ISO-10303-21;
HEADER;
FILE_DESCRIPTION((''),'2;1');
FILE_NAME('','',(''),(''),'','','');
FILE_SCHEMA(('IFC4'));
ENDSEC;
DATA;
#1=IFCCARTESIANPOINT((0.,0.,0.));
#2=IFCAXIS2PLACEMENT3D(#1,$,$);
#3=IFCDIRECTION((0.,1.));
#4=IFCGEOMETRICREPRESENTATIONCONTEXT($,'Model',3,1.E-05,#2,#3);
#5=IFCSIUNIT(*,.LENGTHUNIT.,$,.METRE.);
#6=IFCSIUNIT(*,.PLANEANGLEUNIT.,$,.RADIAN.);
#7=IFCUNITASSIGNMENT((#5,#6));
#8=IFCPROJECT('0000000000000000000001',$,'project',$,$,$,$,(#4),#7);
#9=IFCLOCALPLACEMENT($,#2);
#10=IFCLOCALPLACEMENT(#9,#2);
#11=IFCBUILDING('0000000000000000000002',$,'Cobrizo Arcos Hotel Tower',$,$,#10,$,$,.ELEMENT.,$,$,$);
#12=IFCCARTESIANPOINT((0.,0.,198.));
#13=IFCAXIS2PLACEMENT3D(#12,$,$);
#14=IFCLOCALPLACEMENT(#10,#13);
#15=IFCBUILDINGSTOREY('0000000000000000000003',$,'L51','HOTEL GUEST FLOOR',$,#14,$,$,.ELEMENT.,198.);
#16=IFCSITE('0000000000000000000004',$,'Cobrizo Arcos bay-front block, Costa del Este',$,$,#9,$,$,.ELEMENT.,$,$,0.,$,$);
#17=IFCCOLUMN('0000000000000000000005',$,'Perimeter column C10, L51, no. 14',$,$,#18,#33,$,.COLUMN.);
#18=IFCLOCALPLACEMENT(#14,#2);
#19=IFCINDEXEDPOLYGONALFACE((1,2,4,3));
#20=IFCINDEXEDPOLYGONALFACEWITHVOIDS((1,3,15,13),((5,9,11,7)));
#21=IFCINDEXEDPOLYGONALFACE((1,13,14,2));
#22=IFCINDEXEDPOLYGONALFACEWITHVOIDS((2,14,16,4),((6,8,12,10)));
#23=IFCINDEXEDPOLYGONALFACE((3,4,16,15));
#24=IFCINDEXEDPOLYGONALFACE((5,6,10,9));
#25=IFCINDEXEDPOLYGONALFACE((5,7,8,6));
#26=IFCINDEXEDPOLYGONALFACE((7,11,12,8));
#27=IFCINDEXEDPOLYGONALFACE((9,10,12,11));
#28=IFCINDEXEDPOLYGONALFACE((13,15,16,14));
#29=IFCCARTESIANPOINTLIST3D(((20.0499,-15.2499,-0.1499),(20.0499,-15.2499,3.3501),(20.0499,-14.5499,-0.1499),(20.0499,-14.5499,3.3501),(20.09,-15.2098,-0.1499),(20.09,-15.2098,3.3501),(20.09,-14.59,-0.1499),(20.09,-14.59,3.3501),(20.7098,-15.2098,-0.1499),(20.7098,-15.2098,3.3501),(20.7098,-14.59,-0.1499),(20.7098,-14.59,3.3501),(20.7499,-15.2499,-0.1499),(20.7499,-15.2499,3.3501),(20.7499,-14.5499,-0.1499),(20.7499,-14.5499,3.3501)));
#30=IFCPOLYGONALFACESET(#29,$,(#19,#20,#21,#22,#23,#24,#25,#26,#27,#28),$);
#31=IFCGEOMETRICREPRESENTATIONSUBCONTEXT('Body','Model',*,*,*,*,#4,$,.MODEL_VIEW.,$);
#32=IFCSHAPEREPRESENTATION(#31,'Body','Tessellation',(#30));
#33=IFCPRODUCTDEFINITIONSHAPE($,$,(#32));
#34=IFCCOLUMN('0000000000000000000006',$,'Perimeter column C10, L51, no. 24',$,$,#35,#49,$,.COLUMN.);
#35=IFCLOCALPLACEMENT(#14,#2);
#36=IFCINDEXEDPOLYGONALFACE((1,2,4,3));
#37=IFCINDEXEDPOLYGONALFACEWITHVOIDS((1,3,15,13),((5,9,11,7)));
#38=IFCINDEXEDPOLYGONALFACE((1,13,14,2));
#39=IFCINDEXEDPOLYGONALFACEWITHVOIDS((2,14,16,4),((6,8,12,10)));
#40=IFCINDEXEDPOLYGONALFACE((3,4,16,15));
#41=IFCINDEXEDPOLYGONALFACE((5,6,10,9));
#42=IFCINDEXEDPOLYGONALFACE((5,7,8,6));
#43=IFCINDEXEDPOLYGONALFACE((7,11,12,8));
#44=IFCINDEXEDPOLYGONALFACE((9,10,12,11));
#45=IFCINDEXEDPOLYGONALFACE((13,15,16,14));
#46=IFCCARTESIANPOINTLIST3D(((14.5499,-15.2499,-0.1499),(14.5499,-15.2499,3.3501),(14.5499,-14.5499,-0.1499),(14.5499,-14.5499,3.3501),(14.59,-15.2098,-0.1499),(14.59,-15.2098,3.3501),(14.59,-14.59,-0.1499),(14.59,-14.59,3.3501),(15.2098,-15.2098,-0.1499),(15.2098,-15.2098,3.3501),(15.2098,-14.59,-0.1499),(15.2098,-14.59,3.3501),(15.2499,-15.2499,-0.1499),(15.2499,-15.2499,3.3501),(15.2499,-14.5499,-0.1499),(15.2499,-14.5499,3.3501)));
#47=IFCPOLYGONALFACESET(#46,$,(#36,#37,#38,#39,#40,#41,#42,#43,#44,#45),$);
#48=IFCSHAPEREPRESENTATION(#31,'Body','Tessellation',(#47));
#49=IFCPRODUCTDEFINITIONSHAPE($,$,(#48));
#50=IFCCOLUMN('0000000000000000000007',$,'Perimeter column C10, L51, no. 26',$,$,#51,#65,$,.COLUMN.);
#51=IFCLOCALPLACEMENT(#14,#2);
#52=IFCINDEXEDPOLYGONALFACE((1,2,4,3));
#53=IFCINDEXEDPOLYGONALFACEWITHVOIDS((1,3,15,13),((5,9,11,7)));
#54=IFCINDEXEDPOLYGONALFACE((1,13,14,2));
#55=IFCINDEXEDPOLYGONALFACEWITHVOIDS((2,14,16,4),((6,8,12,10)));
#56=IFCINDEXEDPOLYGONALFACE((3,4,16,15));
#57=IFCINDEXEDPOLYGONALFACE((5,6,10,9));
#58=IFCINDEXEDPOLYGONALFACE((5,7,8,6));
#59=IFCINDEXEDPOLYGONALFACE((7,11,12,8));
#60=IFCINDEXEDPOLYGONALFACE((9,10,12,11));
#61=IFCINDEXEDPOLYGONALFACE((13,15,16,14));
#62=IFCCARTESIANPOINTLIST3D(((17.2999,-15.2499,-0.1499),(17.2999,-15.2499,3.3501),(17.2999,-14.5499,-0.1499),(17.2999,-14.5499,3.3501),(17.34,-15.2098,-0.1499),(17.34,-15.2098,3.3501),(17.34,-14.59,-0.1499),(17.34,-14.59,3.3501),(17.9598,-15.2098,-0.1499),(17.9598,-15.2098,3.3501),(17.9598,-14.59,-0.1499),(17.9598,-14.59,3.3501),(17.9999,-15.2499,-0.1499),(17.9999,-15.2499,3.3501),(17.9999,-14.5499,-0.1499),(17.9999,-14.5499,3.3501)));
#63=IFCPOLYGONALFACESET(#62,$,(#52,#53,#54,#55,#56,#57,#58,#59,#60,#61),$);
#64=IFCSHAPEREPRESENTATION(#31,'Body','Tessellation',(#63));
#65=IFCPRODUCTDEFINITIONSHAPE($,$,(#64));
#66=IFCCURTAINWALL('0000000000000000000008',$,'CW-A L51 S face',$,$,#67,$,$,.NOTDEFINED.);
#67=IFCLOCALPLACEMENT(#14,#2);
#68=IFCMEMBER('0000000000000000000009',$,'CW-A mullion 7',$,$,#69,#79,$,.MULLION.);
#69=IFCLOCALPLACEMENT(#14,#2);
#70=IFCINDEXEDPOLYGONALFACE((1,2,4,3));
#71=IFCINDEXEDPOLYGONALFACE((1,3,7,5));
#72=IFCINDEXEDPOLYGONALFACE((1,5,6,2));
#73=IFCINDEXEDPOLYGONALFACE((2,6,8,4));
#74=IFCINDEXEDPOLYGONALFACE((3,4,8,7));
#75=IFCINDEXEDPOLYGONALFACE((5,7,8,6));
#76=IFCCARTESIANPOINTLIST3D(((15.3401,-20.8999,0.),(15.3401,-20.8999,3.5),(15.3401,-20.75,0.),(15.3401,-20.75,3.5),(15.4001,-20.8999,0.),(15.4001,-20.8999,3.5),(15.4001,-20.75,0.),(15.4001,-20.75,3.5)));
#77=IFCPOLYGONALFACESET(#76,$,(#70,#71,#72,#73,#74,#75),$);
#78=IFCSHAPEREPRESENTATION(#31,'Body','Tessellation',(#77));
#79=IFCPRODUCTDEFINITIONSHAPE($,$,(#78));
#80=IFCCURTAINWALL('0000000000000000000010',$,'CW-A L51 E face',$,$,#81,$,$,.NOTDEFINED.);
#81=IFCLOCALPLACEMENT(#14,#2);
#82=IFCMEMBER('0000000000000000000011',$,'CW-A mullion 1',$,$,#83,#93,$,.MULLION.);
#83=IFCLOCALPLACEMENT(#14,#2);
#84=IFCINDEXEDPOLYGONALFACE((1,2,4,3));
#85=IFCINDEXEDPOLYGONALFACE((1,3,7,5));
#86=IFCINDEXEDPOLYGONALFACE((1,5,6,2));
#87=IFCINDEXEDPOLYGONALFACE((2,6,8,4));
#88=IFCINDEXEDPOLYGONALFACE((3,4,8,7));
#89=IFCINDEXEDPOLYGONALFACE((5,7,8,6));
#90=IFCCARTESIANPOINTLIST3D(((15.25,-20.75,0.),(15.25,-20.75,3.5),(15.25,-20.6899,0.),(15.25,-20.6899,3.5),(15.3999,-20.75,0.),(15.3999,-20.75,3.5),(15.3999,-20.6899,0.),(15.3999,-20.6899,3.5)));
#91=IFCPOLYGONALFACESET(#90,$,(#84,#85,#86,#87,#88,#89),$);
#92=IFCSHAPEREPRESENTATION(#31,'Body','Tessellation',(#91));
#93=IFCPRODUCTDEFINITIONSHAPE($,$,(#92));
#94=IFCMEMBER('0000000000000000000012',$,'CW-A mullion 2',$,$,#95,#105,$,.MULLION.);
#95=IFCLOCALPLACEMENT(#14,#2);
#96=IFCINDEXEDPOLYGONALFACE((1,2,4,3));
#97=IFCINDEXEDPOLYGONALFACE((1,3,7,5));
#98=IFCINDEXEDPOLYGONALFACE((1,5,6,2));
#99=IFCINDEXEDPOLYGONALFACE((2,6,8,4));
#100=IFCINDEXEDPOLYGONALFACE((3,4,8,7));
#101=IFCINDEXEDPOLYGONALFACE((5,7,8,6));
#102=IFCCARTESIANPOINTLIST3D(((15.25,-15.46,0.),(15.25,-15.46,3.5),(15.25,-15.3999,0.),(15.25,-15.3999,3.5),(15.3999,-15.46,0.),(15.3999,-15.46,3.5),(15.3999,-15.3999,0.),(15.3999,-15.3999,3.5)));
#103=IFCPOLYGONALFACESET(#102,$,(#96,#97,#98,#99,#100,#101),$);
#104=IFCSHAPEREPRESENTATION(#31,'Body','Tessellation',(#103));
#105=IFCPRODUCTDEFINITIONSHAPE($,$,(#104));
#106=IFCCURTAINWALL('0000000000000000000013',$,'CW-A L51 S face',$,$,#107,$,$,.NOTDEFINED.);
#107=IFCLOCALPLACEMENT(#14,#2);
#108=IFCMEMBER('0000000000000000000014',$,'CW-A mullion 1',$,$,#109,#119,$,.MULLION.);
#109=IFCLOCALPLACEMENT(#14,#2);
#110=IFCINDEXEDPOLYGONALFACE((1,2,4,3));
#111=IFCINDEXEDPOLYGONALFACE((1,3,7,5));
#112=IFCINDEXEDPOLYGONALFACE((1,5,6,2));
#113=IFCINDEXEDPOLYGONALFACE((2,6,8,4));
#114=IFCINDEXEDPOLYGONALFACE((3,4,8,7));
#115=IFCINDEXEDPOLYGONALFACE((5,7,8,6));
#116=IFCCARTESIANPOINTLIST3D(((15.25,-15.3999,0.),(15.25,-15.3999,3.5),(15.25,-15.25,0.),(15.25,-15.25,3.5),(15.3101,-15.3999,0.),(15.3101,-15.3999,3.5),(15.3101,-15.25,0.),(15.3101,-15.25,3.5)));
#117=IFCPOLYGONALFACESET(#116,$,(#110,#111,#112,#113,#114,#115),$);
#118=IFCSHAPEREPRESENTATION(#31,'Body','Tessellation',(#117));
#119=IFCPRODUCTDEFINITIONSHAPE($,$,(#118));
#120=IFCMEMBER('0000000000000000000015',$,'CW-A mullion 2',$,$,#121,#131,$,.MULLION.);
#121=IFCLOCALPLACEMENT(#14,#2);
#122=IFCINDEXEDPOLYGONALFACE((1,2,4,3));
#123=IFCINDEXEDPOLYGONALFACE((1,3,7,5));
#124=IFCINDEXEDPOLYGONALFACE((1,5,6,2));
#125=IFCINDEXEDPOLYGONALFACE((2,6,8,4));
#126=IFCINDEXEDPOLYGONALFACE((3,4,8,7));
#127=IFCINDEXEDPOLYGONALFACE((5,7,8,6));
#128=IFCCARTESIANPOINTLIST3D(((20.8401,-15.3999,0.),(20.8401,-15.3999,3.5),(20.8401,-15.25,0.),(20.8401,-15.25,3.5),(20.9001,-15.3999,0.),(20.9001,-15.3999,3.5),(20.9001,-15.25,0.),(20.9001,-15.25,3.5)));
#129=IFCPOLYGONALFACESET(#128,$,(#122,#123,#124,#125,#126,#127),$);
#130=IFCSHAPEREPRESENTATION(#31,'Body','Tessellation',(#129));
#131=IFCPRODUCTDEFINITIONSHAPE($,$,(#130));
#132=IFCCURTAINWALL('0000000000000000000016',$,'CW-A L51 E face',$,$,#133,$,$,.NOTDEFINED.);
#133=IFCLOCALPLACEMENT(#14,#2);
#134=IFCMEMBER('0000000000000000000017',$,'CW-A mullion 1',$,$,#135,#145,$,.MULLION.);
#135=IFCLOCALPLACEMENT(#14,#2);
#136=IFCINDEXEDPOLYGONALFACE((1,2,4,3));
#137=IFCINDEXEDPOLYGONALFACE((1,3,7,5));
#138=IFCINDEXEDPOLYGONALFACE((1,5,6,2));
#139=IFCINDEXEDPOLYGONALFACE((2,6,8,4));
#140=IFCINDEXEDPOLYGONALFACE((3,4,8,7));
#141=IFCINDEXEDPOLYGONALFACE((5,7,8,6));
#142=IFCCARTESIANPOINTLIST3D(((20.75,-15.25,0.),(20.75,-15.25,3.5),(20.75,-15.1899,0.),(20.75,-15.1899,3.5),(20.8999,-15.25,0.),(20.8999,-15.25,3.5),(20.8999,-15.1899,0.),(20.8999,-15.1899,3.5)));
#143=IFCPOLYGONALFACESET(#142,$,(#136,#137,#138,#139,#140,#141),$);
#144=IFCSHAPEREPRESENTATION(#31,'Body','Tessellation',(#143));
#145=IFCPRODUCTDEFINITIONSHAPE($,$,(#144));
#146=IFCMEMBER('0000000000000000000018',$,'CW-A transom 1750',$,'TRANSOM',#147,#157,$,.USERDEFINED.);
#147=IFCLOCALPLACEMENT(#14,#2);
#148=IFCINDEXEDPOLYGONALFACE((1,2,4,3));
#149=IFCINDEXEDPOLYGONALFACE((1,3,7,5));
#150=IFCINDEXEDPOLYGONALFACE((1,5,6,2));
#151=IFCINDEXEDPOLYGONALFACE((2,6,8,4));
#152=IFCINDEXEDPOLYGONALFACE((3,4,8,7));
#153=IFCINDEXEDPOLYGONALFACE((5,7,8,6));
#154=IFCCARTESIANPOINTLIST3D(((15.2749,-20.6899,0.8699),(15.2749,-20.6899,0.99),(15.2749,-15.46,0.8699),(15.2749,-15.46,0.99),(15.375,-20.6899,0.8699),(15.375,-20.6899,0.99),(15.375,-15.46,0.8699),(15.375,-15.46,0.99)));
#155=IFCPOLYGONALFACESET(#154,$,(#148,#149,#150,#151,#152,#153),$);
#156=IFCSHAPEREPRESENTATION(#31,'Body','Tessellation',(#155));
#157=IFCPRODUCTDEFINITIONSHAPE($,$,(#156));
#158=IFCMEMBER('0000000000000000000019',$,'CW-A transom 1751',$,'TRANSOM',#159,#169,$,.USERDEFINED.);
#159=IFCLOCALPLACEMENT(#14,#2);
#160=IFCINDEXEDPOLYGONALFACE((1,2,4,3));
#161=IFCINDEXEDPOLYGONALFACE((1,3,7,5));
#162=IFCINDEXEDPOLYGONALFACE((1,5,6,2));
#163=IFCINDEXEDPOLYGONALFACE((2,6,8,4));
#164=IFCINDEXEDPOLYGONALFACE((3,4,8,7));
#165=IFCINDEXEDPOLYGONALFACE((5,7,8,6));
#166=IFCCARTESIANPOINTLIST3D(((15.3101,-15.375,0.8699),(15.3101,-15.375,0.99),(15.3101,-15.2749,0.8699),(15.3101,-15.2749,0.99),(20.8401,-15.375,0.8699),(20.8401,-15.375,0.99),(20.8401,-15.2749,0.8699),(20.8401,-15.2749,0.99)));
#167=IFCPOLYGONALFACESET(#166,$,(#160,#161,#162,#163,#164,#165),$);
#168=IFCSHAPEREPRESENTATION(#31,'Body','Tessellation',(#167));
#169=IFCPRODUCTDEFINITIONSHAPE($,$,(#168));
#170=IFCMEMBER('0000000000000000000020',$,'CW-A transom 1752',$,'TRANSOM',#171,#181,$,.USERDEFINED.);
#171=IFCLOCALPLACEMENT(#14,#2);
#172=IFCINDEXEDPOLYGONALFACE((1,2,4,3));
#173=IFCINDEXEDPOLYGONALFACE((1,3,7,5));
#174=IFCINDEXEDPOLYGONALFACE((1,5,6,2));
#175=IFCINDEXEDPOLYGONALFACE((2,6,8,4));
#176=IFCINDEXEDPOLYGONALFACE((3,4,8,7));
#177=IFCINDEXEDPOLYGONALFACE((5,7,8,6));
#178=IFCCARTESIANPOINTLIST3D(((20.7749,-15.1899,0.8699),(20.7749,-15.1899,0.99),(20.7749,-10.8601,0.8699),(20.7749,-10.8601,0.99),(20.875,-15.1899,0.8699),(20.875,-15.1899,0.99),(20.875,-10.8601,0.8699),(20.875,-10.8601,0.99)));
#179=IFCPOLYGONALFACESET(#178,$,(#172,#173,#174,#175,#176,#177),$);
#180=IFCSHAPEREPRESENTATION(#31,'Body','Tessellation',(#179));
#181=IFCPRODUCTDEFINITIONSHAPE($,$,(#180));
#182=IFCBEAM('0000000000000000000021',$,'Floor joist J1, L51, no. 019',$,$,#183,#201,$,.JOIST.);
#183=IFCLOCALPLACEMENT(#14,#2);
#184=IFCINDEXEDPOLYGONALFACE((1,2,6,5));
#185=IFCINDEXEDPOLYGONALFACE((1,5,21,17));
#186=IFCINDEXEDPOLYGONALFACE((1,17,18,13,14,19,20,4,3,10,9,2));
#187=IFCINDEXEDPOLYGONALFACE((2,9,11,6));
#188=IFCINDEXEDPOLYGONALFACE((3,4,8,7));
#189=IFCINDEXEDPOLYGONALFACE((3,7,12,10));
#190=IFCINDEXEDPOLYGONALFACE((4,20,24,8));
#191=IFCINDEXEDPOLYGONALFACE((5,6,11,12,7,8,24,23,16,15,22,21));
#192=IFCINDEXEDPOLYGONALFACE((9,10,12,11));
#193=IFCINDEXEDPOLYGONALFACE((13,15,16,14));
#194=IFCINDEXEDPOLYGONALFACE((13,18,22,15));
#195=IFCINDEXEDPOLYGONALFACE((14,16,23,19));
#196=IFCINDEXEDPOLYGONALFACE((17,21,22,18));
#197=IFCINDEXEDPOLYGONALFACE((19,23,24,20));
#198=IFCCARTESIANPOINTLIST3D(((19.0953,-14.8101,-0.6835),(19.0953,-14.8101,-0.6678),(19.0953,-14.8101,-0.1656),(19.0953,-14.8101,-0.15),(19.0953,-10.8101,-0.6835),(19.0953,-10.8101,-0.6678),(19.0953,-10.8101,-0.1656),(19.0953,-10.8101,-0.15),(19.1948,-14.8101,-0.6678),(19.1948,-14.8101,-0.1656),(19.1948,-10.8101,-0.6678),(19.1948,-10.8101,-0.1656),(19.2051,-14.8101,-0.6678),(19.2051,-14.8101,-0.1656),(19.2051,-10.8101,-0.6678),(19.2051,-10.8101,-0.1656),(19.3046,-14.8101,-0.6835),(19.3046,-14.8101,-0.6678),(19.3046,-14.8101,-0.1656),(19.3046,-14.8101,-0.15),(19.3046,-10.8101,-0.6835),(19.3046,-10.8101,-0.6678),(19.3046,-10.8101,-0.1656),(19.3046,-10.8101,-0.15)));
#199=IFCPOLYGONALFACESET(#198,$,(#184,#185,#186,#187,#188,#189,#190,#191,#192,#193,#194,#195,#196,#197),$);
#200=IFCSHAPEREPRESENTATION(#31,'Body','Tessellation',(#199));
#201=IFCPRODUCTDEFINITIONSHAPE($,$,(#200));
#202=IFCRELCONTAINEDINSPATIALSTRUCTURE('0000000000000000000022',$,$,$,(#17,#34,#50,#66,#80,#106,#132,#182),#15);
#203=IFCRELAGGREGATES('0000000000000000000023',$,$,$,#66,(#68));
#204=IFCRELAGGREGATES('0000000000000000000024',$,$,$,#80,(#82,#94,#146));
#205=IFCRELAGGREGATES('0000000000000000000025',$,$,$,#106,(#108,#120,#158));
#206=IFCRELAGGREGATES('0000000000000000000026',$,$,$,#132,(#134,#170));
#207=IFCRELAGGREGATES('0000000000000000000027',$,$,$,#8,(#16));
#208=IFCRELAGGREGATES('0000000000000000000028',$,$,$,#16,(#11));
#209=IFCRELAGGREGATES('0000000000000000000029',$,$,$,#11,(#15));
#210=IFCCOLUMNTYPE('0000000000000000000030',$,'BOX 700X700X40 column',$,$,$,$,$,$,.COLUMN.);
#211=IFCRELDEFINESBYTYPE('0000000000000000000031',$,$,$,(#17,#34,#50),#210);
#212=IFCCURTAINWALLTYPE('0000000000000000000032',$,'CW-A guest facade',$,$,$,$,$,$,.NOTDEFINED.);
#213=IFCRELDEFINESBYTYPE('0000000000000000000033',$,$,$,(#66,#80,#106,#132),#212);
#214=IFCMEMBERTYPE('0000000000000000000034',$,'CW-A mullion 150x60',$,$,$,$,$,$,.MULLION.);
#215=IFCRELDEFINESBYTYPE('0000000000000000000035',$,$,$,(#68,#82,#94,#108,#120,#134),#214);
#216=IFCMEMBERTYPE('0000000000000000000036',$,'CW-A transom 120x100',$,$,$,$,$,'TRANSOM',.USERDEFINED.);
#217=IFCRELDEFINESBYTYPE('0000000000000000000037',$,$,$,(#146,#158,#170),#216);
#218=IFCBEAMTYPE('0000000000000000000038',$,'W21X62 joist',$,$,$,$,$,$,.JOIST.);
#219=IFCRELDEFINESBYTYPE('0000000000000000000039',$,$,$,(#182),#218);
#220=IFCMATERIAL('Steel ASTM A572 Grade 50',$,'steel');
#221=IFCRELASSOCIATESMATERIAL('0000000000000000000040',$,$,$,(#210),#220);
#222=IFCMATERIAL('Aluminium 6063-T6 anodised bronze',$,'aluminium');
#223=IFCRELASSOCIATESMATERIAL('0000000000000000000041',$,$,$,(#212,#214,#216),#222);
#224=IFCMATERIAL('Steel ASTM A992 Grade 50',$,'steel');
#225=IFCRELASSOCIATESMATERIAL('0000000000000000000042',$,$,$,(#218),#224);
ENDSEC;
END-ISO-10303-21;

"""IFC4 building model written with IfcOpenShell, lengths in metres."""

from ifc_helpers import new_model, si_unit, direction, frame, origin, origin_2d, place, context, subcontext, project, spatial, rectangle, hollow_rectangle, i_section, extrude, material, material_profile, profile_set, type_object, element, aggregate, save


model = new_model("IFC4")

# Units and contexts
model_context = context("Model", 3, precision=1e-05, world=origin(), true_north=direction((0.0, 1.0)))
body_context = subcontext(model_context, "Body", "Model", "MODEL_VIEW")
ifc_project = project(units=[si_unit("LENGTHUNIT", "METRE"), si_unit("PLANEANGLEUNIT", "RADIAN")], contexts=[model_context])

# Site, building, storey
site_placement = place(None, origin())
site = spatial("IfcSite", under=ifc_project, at=site_placement, Name="Cobrizo Arcos bay-front block, Costa del Este", CompositionType="ELEMENT", RefElevation=0.0)
building_placement = place(site_placement, origin())
building = spatial("IfcBuilding", under=site, at=building_placement, Name="Cobrizo Arcos Hotel Tower", CompositionType="ELEMENT")
storey_placement = place(building_placement, frame((0.0, 0.0, 198.0)))
storey = spatial("IfcBuildingStorey", under=building, at=storey_placement, Name="L51", Description="HOTEL GUEST FLOOR", CompositionType="ELEMENT", Elevation=198.0)

# Columns
ifc_material_1 = material(Name="Steel ASTM A572 Grade 50", Category="steel")
ifc_material_profile_1 = material_profile(ifc_material_1, hollow_rectangle(XDim=0.7, YDim=0.7, WallThickness=0.04, at=origin_2d()), Name="BOX 700X700X40")
ifc_profile_set_1 = profile_set([ifc_material_profile_1], Name="Steel ASTM A572 Grade 50")
column_type = type_object("IfcColumnType", Name="BOX 700X700X40 column", PredefinedType="COLUMN", material=ifc_profile_set_1)
for number, where, z_axis, x_axis, name in (
    (1, (20.3999, -14.8999, -0.1499), (0.0, 0.0, 1.0), (1.0, 0.0, 0.0), "Perimeter column C10, L51, no. 14"),
    (2, (14.8999, -14.8999, -0.1499), (0.0, 0.0, 1.0), (1.0, 0.0, 0.0), "Perimeter column C10, L51, no. 24"),
    (3, (17.6499, -14.8999, -0.1499), (0.0, 0.0, 1.0), (1.0, 0.0, 0.0), "Perimeter column C10, L51, no. 26"),
):
    element("IfcColumn", number, at=place(storey_placement, frame(where, z_axis=z_axis, x_axis=x_axis)), inside=storey, type_object=column_type, Name=name, PredefinedType="COLUMN", context=body_context, shape_type="SweptSolid", body=[
        extrude(hollow_rectangle(XDim=0.7, YDim=0.7, WallThickness=0.04, at=origin_2d()), origin(), (0.0, 0.0, 1.0), 3.5),
    ])

# Curtain wall, member
ifc_material_2 = material(Name="Aluminium 6063-T6 anodised bronze", Category="aluminium")
curtain_wall_type = type_object("IfcCurtainWallType", Name="CW-A guest facade", PredefinedType="NOTDEFINED", material=ifc_material_2)
curtain_wall_1_placement = place(storey_placement, origin())
curtain_wall_1 = element("IfcCurtainWall", 4, at=curtain_wall_1_placement, inside=storey, type_object=curtain_wall_type, Name="CW-A L51 S face", PredefinedType="NOTDEFINED")
ifc_material_profile_2 = material_profile(ifc_material_2, rectangle(XDim=0.1499, YDim=0.0601, at=origin_2d()), Name="CW-A mullion 150x60")
ifc_profile_set_2 = profile_set([ifc_material_profile_2], Name="Aluminium 6063-T6 anodised bronze")
member_type_1 = type_object("IfcMemberType", Name="CW-A mullion 150x60", PredefinedType="MULLION", material=ifc_profile_set_2)
member_1_placement = place(storey_placement, frame((15.3701, -20.825, 0.0), z_axis=(0.0, 0.0, 1.0), x_axis=(0.0, -1.0, 0.0)))
member_1 = element("IfcMember", 5, at=member_1_placement, type_object=member_type_1, Name="CW-A mullion 7", PredefinedType="MULLION", context=body_context, shape_type="SweptSolid", body=[
    extrude(rectangle(XDim=0.1499, YDim=0.0601, at=origin_2d()), origin(), (0.0, 0.0, 1.0), 3.5),
])
aggregate(curtain_wall_1, [member_1])

# Curtain walls, members
curtain_wall_2_placement = place(storey_placement, origin())
curtain_wall_2 = element("IfcCurtainWall", 6, at=curtain_wall_2_placement, inside=storey, type_object=curtain_wall_type, Name="CW-A L51 E face", PredefinedType="NOTDEFINED")
member_2_placement = place(storey_placement, frame((15.325, -20.72, 0.0), z_axis=(0.0, 0.0, 1.0), x_axis=(1.0, 0.0, 0.0)))
member_2 = element("IfcMember", 7, at=member_2_placement, type_object=member_type_1, Name="CW-A mullion 1", PredefinedType="MULLION", context=body_context, shape_type="SweptSolid", body=[
    extrude(rectangle(XDim=0.1499, YDim=0.0601, at=origin_2d()), origin(), (0.0, 0.0, 1.0), 3.5),
])
member_3_placement = place(storey_placement, frame((15.325, -15.4299, 0.0), z_axis=(0.0, 0.0, 1.0), x_axis=(1.0, 0.0, 0.0)))
member_3 = element("IfcMember", 8, at=member_3_placement, type_object=member_type_1, Name="CW-A mullion 2", PredefinedType="MULLION", context=body_context, shape_type="SweptSolid", body=[
    extrude(rectangle(XDim=0.1499, YDim=0.0601, at=origin_2d()), origin(), (0.0, 0.0, 1.0), 3.5),
])
curtain_wall_3_placement = place(storey_placement, origin())
curtain_wall_3 = element("IfcCurtainWall", 9, at=curtain_wall_3_placement, inside=storey, type_object=curtain_wall_type, Name="CW-A L51 S face", PredefinedType="NOTDEFINED")
member_4_placement = place(storey_placement, frame((15.28, -15.325, 0.0), z_axis=(0.0, 0.0, 1.0), x_axis=(0.0, -1.0, 0.0)))
member_4 = element("IfcMember", 10, at=member_4_placement, type_object=member_type_1, Name="CW-A mullion 1", PredefinedType="MULLION", context=body_context, shape_type="SweptSolid", body=[
    extrude(rectangle(XDim=0.1499, YDim=0.0601, at=origin_2d()), origin(), (0.0, 0.0, 1.0), 3.5),
])
member_5_placement = place(storey_placement, frame((20.8701, -15.325, 0.0), z_axis=(0.0, 0.0, 1.0), x_axis=(0.0, -1.0, 0.0)))
member_5 = element("IfcMember", 11, at=member_5_placement, type_object=member_type_1, Name="CW-A mullion 2", PredefinedType="MULLION", context=body_context, shape_type="SweptSolid", body=[
    extrude(rectangle(XDim=0.1499, YDim=0.0601, at=origin_2d()), origin(), (0.0, 0.0, 1.0), 3.5),
])

# Curtain wall, member
curtain_wall_4_placement = place(storey_placement, origin())
curtain_wall_4 = element("IfcCurtainWall", 12, at=curtain_wall_4_placement, inside=storey, type_object=curtain_wall_type, Name="CW-A L51 E face", PredefinedType="NOTDEFINED")
member_6_placement = place(storey_placement, frame((20.825, -15.22, 0.0), z_axis=(0.0, 0.0, 1.0), x_axis=(1.0, 0.0, 0.0)))
member_6 = element("IfcMember", 13, at=member_6_placement, type_object=member_type_1, Name="CW-A mullion 1", PredefinedType="MULLION", context=body_context, shape_type="SweptSolid", body=[
    extrude(rectangle(XDim=0.1499, YDim=0.0601, at=origin_2d()), origin(), (0.0, 0.0, 1.0), 3.5),
])

# Members
ifc_material_profile_3 = material_profile(ifc_material_2, rectangle(XDim=0.1001, YDim=0.1201, at=origin_2d()), Name="CW-A transom 120x100")
ifc_profile_set_3 = profile_set([ifc_material_profile_3], Name="Aluminium 6063-T6 anodised bronze")
member_type_2 = type_object("IfcMemberType", Name="CW-A transom 120x100", ElementType="TRANSOM", PredefinedType="USERDEFINED", material=ifc_profile_set_3)
member_7_placement = place(storey_placement, frame((15.325, -20.6899, 0.9299), z_axis=(0.0, 1.0, 0.0), x_axis=(-1.0, 0.0, 0.0)))
member_7 = element("IfcMember", 14, at=member_7_placement, type_object=member_type_2, Name="CW-A transom 1750", ObjectType="TRANSOM", PredefinedType="USERDEFINED", context=body_context, shape_type="SweptSolid", body=[
    extrude(rectangle(XDim=0.1001, YDim=0.1201, at=origin_2d()), origin(), (0.0, 0.0, 1.0), 5.23),
])
member_8_placement = place(storey_placement, frame((15.3101, -15.325, 0.9299), z_axis=(1.0, 0.0, 0.0), x_axis=(0.0, 1.0, 0.0)))
member_8 = element("IfcMember", 15, at=member_8_placement, type_object=member_type_2, Name="CW-A transom 1751", ObjectType="TRANSOM", PredefinedType="USERDEFINED", context=body_context, shape_type="SweptSolid", body=[
    extrude(rectangle(XDim=0.1001, YDim=0.1201, at=origin_2d()), origin(), (0.0, 0.0, 1.0), 5.53),
])
member_9_placement = place(storey_placement, frame((20.825, -15.1899, 0.9299), z_axis=(0.0, 1.0, 0.0), x_axis=(-1.0, 0.0, 0.0)))
member_9 = element("IfcMember", 16, at=member_9_placement, type_object=member_type_2, Name="CW-A transom 1752", ObjectType="TRANSOM", PredefinedType="USERDEFINED", context=body_context, shape_type="SweptSolid", body=[
    extrude(rectangle(XDim=0.1001, YDim=0.1201, at=origin_2d()), origin(), (0.0, 0.0, 1.0), 4.3298),
])

# Beam
ifc_material_3 = material(Name="Steel ASTM A992 Grade 50", Category="steel")
ifc_material_profile_4 = material_profile(ifc_material_3, i_section(OverallWidth=0.2092, OverallDepth=0.5334, WebThickness=0.0103, FlangeThickness=0.0156, at=origin_2d()), Name="W21X62")
ifc_profile_set_4 = profile_set([ifc_material_profile_4], Name="Steel ASTM A992 Grade 50")
beam_type_1 = type_object("IfcBeamType", Name="W21X62 joist", PredefinedType="JOIST", material=ifc_profile_set_4)
beam_1_placement = place(storey_placement, frame((19.2, -14.8101, -0.4167), z_axis=(0.0, 1.0, 0.0), x_axis=(-1.0, 0.0, 0.0)))
element("IfcBeam", 17, at=beam_1_placement, inside=storey, type_object=beam_type_1, Name="Floor joist J1, L51, no. 019", PredefinedType="JOIST", context=body_context, shape_type="SweptSolid", body=[
    extrude(i_section(OverallWidth=0.2092, OverallDepth=0.5334, WebThickness=0.0103, FlangeThickness=0.0156, at=origin_2d()), origin(), (0.0, 0.0, 1.0), 4.0),
])

aggregate(curtain_wall_2, [member_2, member_3, member_7])
aggregate(curtain_wall_3, [member_4, member_5, member_8])
aggregate(curtain_wall_4, [member_6, member_9])

save(model, "model.ifc")
